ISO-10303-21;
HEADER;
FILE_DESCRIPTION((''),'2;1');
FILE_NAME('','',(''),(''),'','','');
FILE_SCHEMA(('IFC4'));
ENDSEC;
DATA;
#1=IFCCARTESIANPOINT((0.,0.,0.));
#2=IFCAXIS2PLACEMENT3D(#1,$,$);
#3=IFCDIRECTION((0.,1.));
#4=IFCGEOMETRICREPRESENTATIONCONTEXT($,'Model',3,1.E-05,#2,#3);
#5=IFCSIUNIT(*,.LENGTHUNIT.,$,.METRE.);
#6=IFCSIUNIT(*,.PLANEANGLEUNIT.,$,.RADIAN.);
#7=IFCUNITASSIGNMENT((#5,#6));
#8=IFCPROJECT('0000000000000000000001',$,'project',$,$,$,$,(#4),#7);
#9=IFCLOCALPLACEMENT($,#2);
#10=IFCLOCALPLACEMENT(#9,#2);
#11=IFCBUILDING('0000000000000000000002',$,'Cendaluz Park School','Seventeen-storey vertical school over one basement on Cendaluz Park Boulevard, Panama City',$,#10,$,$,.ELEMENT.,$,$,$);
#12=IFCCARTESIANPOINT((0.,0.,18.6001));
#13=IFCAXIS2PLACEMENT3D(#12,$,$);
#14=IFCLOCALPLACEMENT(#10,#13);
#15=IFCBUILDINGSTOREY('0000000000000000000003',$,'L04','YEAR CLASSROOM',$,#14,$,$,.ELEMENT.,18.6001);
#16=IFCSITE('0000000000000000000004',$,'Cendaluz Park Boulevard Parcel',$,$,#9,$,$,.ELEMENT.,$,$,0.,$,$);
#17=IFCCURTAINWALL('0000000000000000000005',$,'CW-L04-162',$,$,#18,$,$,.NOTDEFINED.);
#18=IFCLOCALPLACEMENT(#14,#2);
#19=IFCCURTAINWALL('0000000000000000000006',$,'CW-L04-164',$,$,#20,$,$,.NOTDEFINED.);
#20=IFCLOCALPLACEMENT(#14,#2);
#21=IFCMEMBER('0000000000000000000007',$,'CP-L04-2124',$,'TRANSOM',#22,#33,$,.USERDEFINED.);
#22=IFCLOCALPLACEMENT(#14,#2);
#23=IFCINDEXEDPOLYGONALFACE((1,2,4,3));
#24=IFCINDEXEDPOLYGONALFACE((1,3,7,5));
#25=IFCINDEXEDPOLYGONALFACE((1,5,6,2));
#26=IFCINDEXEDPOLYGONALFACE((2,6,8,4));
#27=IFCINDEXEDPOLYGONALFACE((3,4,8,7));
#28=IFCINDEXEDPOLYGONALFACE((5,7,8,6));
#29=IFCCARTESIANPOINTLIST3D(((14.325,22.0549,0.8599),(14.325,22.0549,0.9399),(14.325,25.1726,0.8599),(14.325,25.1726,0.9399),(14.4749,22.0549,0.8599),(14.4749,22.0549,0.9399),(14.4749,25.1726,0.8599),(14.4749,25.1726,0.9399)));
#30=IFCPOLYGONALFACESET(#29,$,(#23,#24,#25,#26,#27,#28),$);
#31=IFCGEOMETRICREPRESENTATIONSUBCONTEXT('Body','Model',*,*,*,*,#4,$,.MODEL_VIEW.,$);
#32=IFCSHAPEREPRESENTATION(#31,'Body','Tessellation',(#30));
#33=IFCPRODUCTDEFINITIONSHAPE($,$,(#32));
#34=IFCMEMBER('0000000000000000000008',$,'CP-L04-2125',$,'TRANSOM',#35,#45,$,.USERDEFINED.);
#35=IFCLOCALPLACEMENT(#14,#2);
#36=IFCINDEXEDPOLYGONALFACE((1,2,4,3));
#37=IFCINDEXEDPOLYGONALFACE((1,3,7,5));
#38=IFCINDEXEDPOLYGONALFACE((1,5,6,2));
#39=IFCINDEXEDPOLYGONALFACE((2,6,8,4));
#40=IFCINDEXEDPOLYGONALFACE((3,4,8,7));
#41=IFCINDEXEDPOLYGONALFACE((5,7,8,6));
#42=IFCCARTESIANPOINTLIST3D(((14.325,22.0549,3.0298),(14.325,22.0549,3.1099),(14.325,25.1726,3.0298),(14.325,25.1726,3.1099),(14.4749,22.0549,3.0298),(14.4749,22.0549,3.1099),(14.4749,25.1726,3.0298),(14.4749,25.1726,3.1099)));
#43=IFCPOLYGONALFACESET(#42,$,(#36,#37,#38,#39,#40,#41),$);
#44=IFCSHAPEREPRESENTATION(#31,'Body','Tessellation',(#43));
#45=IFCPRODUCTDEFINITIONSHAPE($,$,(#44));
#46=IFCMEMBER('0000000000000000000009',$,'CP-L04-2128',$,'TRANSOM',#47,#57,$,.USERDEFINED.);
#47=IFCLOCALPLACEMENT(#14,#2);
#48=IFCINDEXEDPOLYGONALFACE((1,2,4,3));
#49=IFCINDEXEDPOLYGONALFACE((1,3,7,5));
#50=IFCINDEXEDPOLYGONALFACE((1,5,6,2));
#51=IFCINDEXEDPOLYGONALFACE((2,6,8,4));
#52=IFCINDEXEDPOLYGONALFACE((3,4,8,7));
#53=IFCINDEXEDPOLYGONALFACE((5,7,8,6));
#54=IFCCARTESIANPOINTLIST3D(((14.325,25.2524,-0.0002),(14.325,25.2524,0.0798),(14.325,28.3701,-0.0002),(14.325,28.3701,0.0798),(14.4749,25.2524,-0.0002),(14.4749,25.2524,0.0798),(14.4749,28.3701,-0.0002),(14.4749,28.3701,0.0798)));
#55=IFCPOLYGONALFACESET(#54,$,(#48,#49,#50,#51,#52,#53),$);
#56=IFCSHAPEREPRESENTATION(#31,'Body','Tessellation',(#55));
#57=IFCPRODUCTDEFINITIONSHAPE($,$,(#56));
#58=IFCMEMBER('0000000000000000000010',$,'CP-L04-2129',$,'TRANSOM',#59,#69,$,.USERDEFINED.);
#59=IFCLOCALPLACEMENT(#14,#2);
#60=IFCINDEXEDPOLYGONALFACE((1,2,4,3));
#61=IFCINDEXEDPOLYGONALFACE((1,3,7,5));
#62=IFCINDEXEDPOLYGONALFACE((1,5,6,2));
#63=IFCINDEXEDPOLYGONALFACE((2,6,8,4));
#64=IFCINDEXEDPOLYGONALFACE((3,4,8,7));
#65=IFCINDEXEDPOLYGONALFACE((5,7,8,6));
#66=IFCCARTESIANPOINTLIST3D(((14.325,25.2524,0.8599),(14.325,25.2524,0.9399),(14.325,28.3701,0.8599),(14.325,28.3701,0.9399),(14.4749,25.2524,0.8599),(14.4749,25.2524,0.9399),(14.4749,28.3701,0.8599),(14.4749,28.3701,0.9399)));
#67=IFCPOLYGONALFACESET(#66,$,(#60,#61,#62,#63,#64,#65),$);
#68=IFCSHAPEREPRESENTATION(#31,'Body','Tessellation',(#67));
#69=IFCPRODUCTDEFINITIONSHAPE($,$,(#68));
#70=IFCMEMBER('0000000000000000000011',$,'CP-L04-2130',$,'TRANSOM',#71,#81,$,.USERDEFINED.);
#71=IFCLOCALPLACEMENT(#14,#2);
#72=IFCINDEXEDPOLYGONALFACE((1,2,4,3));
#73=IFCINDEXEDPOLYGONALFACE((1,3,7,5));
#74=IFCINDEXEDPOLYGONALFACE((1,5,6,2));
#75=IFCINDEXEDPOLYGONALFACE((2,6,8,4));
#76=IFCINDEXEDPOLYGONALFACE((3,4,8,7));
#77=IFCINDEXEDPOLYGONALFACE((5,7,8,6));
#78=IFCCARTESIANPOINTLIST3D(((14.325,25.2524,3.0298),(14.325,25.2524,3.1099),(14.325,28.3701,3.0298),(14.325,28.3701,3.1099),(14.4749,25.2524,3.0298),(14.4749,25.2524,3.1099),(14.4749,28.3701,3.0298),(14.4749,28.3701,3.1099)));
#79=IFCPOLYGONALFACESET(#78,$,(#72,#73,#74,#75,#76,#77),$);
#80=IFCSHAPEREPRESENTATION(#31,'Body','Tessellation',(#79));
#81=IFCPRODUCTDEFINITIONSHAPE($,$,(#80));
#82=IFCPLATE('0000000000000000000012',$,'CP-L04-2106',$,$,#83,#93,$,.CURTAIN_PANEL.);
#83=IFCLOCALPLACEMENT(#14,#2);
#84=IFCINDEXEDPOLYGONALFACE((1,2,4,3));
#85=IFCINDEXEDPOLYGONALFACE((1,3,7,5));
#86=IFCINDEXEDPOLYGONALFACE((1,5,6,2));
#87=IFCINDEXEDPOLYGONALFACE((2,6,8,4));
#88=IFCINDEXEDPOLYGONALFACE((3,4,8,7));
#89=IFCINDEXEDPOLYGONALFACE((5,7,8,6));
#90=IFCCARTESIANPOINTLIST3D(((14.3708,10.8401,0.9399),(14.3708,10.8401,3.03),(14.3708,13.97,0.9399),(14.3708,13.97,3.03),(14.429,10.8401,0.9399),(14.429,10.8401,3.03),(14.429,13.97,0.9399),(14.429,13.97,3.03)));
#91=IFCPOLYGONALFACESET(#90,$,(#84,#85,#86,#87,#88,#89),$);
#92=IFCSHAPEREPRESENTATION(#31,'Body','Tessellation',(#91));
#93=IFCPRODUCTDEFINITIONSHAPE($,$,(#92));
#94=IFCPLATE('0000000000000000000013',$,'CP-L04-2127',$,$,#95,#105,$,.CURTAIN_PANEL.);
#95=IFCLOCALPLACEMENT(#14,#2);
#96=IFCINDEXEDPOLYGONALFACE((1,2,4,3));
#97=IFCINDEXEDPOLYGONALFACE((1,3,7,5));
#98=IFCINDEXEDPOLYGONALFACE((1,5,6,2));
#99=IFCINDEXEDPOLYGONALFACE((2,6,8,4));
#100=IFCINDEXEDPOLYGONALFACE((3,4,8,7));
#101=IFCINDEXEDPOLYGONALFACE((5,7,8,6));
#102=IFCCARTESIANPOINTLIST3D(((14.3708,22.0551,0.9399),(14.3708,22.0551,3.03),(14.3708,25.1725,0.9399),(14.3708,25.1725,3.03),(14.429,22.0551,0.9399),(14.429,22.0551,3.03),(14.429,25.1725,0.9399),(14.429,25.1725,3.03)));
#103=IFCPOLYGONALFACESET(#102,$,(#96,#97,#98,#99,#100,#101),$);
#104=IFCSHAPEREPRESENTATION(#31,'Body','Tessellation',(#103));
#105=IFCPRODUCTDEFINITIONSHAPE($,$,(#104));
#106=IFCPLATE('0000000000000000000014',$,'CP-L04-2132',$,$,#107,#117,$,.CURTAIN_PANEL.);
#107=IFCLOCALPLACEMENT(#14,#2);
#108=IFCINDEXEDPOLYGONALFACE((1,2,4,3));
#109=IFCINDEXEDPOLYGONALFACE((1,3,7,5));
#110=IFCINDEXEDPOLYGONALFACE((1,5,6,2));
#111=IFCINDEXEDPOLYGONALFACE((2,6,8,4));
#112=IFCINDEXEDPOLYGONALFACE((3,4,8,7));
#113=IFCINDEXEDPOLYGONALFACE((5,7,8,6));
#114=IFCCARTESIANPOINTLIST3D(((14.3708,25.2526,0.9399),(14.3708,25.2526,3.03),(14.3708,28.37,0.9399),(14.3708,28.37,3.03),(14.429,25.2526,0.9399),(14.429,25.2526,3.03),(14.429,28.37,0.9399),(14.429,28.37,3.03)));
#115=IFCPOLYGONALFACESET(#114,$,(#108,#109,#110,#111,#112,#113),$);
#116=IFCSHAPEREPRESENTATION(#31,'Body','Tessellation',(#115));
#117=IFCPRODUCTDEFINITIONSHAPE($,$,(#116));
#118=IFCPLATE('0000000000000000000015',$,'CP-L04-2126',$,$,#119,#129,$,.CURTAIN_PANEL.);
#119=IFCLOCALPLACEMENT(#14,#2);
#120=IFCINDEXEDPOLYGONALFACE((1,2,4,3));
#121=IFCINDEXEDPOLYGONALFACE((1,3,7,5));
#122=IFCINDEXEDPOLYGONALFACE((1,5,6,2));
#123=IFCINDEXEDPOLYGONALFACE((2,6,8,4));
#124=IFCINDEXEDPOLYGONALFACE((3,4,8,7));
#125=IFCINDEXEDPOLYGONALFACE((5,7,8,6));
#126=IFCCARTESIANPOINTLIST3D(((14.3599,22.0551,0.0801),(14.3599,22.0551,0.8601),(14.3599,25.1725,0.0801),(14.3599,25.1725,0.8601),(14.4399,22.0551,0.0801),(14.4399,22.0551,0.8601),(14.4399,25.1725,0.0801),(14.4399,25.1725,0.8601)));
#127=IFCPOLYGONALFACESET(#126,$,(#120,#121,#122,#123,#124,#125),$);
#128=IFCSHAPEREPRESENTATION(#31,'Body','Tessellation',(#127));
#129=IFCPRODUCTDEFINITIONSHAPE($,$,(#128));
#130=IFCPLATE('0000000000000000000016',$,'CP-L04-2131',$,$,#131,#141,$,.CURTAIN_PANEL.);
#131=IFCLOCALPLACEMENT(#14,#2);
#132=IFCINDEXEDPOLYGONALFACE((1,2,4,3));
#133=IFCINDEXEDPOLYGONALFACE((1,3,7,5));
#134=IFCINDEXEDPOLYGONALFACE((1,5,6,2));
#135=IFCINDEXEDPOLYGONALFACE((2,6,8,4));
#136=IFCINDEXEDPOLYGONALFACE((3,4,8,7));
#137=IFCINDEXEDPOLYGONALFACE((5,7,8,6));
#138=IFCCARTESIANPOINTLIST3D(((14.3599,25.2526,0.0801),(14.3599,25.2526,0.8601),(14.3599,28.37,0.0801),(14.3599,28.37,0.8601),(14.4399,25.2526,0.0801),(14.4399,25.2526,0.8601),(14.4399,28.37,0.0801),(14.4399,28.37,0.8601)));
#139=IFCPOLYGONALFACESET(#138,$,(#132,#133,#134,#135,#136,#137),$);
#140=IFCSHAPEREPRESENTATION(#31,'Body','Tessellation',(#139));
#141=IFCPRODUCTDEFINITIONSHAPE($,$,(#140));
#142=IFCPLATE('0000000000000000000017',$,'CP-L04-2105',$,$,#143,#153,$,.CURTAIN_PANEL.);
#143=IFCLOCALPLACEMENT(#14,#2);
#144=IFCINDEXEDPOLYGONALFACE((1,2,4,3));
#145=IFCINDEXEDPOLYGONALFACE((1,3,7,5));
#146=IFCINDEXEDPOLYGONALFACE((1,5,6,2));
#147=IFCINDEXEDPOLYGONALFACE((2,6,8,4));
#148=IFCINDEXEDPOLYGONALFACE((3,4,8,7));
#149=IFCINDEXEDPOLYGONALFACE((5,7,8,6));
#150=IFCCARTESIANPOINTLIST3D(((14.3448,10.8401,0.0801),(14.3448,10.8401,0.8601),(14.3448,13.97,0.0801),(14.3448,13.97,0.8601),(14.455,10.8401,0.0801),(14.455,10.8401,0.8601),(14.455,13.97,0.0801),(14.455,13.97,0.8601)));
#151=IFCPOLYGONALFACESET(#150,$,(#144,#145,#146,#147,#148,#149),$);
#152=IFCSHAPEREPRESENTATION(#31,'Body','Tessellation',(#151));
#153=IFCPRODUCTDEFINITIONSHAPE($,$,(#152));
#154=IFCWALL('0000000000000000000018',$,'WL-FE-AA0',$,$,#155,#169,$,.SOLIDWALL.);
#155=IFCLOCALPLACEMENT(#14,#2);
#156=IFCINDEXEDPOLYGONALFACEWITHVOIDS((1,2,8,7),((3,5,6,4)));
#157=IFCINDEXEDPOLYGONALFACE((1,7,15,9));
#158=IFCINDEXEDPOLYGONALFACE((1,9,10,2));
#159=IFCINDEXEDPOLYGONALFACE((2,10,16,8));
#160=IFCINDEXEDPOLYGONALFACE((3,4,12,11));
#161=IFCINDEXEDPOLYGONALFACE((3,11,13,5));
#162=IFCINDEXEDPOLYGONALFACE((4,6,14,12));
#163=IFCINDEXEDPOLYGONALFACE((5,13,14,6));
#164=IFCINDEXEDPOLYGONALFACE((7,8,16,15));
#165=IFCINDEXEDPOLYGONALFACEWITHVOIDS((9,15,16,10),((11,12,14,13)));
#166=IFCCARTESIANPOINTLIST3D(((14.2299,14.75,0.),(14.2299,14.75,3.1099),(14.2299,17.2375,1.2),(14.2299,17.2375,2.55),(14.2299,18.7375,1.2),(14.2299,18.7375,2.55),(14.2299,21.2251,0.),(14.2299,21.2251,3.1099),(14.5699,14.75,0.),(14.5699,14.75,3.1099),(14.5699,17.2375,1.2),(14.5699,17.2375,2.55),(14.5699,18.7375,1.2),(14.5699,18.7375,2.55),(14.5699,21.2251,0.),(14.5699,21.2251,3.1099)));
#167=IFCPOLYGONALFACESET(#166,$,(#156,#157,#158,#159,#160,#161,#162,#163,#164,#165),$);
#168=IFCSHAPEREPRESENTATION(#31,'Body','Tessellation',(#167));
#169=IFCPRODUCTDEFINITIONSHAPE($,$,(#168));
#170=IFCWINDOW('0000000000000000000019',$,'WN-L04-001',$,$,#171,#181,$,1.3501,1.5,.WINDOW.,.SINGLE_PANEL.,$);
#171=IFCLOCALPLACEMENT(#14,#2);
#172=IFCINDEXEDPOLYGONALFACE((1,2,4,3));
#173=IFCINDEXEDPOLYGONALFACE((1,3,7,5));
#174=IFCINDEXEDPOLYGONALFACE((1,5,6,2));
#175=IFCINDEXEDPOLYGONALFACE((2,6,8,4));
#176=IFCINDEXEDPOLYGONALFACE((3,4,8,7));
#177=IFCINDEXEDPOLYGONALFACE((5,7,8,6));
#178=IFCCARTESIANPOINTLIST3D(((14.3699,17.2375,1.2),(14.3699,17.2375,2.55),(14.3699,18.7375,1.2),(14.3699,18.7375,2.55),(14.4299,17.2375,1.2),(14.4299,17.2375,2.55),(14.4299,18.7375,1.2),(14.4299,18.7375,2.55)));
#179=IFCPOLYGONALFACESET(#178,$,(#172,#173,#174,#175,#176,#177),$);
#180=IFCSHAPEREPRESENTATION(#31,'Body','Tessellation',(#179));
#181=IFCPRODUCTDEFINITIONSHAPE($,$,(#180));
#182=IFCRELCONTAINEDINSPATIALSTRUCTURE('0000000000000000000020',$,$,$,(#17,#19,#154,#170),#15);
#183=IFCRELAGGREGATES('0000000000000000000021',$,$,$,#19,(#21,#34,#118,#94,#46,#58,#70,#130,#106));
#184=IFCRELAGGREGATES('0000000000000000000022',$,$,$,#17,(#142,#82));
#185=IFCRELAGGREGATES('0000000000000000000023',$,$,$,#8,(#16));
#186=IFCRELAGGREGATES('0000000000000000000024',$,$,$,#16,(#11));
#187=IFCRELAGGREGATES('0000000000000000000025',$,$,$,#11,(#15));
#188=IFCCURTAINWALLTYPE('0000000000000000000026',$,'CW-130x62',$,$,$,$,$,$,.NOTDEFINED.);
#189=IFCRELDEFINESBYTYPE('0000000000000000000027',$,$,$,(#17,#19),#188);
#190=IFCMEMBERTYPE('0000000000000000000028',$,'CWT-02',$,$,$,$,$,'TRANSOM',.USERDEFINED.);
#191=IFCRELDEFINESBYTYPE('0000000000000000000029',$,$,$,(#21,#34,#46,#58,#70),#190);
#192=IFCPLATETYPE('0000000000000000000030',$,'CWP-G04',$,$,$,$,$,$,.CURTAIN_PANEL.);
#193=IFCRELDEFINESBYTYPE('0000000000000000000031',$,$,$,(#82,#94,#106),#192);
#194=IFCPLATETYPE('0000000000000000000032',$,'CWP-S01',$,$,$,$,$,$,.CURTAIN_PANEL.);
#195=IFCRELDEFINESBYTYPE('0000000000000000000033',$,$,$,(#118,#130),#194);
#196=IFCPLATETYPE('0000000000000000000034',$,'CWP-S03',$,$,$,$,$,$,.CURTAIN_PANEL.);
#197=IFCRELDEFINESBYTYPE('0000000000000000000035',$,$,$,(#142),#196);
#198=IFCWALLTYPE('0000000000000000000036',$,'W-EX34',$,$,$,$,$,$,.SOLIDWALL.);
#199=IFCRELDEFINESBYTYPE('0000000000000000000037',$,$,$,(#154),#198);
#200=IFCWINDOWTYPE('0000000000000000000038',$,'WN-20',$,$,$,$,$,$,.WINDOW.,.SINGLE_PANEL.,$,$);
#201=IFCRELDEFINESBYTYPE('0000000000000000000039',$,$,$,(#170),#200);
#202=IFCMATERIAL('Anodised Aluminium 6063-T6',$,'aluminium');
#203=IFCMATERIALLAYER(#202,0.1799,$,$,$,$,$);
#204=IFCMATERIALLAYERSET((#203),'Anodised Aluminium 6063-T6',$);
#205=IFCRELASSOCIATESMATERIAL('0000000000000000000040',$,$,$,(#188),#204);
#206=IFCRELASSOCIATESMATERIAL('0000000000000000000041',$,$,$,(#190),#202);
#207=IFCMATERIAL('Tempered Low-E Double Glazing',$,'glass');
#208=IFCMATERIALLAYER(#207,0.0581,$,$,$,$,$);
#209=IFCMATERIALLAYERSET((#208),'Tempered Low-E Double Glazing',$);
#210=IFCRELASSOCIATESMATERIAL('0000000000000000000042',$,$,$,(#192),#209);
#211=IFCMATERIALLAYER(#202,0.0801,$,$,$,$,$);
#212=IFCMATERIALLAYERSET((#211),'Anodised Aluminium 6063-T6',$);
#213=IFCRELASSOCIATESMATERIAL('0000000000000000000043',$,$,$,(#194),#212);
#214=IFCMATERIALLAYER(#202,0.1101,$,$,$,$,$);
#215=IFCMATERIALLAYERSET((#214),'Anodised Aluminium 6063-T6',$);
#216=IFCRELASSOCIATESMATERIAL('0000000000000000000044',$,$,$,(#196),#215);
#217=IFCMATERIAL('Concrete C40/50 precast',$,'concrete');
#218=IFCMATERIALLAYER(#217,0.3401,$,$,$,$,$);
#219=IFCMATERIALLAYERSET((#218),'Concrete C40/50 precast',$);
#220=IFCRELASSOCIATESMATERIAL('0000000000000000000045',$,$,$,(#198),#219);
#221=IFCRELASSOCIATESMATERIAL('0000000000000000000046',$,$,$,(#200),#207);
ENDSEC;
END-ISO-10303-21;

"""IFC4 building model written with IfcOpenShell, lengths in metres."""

from ifc_helpers import new_model, si_unit, direction, frame, frame_2d, origin, origin_2d, place, context, subcontext, project, spatial, rectangle, extrude, material, layer, layer_set, material_profile, profile_set, type_object, element, fill, aggregate, save


model = new_model("IFC4")

# Units and contexts
model_context = context("Model", 3, precision=1e-05, world=origin(), true_north=direction((0.0, 1.0)))
body_context = subcontext(model_context, "Body", "Model", "MODEL_VIEW")
ifc_project = project(units=[si_unit("LENGTHUNIT", "METRE"), si_unit("PLANEANGLEUNIT", "RADIAN")], contexts=[model_context])

# Site, building, storey
site_placement = place(None, origin())
site = spatial("IfcSite", under=ifc_project, at=site_placement, Name="Cendaluz Park Boulevard Parcel", CompositionType="ELEMENT", RefElevation=0.0)
building_placement = place(site_placement, origin())
building = spatial("IfcBuilding", under=site, at=building_placement, Name="Cendaluz Park School", Description="Seventeen-storey vertical school over one basement on Cendaluz Park Boulevard, Panama City", CompositionType="ELEMENT")
storey_placement = place(building_placement, frame((0.0, 0.0, 18.6001)))
storey = spatial("IfcBuildingStorey", under=building, at=storey_placement, Name="L04", Description="YEAR CLASSROOM", CompositionType="ELEMENT", Elevation=18.6001)

# Curtain wall
ifc_material_1 = material(Name="Anodised Aluminium 6063-T6", Category="aluminium")
ifc_layer_1 = layer(ifc_material_1, 0.1799)
ifc_layer_set_1 = layer_set([ifc_layer_1], Name="Anodised Aluminium 6063-T6")
curtain_wall_type = type_object("IfcCurtainWallType", Name="CW-130x62", PredefinedType="NOTDEFINED", material=ifc_layer_set_1)
curtain_wall_1_placement = place(storey_placement, origin())
curtain_wall_1 = element("IfcCurtainWall", 1, at=curtain_wall_1_placement, inside=storey, type_object=curtain_wall_type, Name="CW-L04-162", PredefinedType="NOTDEFINED")

# Curtain wall, members
curtain_wall_2_placement = place(storey_placement, origin())
curtain_wall_2 = element("IfcCurtainWall", 2, at=curtain_wall_2_placement, inside=storey, type_object=curtain_wall_type, Name="CW-L04-164", PredefinedType="NOTDEFINED")
ifc_material_profile_1 = material_profile(ifc_material_1, rectangle(XDim=0.1499, YDim=0.0801, at=origin_2d()), Name="CWT 150x80", Category="aluminium")
ifc_profile_set_1 = profile_set([ifc_material_profile_1], Name="Anodised Aluminium 6063-T6")
member_type_1 = type_object("IfcMemberType", Name="CWT-02", ElementType="TRANSOM", PredefinedType="USERDEFINED", material=ifc_profile_set_1)
member_1_placement = place(storey_placement, frame((14.3999, 22.0549, 0.8999), z_axis=(0.0, 1.0, 0.0), x_axis=(-1.0, 0.0, 0.0)))
member_1 = element("IfcMember", 3, at=member_1_placement, type_object=member_type_1, Name="CP-L04-2124", ObjectType="TRANSOM", PredefinedType="USERDEFINED", context=body_context, shape_type="SweptSolid", body=[
    extrude(rectangle(XDim=0.1499, YDim=0.0801, at=origin_2d()), origin(), (0.0, 0.0, 1.0), 3.1177),
])
member_2_placement = place(storey_placement, frame((14.3999, 22.0549, 3.0698), z_axis=(0.0, 1.0, 0.0), x_axis=(-1.0, 0.0, 0.0)))
member_2 = element("IfcMember", 4, at=member_2_placement, type_object=member_type_1, Name="CP-L04-2125", ObjectType="TRANSOM", PredefinedType="USERDEFINED", context=body_context, shape_type="SweptSolid", body=[
    extrude(rectangle(XDim=0.1499, YDim=0.0801, at=origin_2d()), origin(), (0.0, 0.0, 1.0), 3.1177),
])
member_3_placement = place(storey_placement, frame((14.3999, 25.2524, 0.0398), z_axis=(0.0, 1.0, 0.0), x_axis=(-1.0, 0.0, 0.0)))
member_3 = element("IfcMember", 5, at=member_3_placement, type_object=member_type_1, Name="CP-L04-2128", ObjectType="TRANSOM", PredefinedType="USERDEFINED", context=body_context, shape_type="SweptSolid", body=[
    extrude(rectangle(XDim=0.1499, YDim=0.0801, at=origin_2d()), origin(), (0.0, 0.0, 1.0), 3.1177),
])
member_4_placement = place(storey_placement, frame((14.3999, 25.2524, 0.8999), z_axis=(0.0, 1.0, 0.0), x_axis=(-1.0, 0.0, 0.0)))
member_4 = element("IfcMember", 6, at=member_4_placement, type_object=member_type_1, Name="CP-L04-2129", ObjectType="TRANSOM", PredefinedType="USERDEFINED", context=body_context, shape_type="SweptSolid", body=[
    extrude(rectangle(XDim=0.1499, YDim=0.0801, at=origin_2d()), origin(), (0.0, 0.0, 1.0), 3.1177),
])
member_5_placement = place(storey_placement, frame((14.3999, 25.2524, 3.0698), z_axis=(0.0, 1.0, 0.0), x_axis=(-1.0, 0.0, 0.0)))
member_5 = element("IfcMember", 7, at=member_5_placement, type_object=member_type_1, Name="CP-L04-2130", ObjectType="TRANSOM", PredefinedType="USERDEFINED", context=body_context, shape_type="SweptSolid", body=[
    extrude(rectangle(XDim=0.1499, YDim=0.0801, at=origin_2d()), origin(), (0.0, 0.0, 1.0), 3.1177),
])

# Plates
ifc_material_2 = material(Name="Tempered Low-E Double Glazing", Category="glass")
ifc_layer_2 = layer(ifc_material_2, 0.0581)
ifc_layer_set_2 = layer_set([ifc_layer_2], Name="Tempered Low-E Double Glazing")
plate_type_1 = type_object("IfcPlateType", Name="CWP-G04", PredefinedType="CURTAIN_PANEL", material=ifc_layer_set_2)
plate_1_placement = place(storey_placement, frame((14.3999, 12.405, 0.9399), z_axis=(0.0, 0.0, 1.0), x_axis=(0.0, 1.0, 0.0)))
plate_1 = element("IfcPlate", 8, at=plate_1_placement, type_object=plate_type_1, Name="CP-L04-2106", PredefinedType="CURTAIN_PANEL", context=body_context, shape_type="SweptSolid", body=[
    extrude(rectangle(XDim=3.1299, YDim=0.0581, at=origin_2d()), origin(), (0.0, 0.0, 1.0), 2.0901),
])
plate_2_placement = place(storey_placement, frame((14.3999, 23.6138, 0.9399), z_axis=(0.0, 0.0, 1.0), x_axis=(0.0, 1.0, 0.0)))
plate_2 = element("IfcPlate", 9, at=plate_2_placement, type_object=plate_type_1, Name="CP-L04-2127", PredefinedType="CURTAIN_PANEL", context=body_context, shape_type="SweptSolid", body=[
    extrude(rectangle(XDim=3.1174, YDim=0.0581, at=origin_2d()), origin(), (0.0, 0.0, 1.0), 2.0901),
])
plate_3_placement = place(storey_placement, frame((14.3999, 26.8113, 0.9399), z_axis=(0.0, 0.0, 1.0), x_axis=(0.0, 1.0, 0.0)))
plate_3 = element("IfcPlate", 10, at=plate_3_placement, type_object=plate_type_1, Name="CP-L04-2132", PredefinedType="CURTAIN_PANEL", context=body_context, shape_type="SweptSolid", body=[
    extrude(rectangle(XDim=3.1174, YDim=0.0581, at=origin_2d()), origin(), (0.0, 0.0, 1.0), 2.0901),
])
ifc_layer_3 = layer(ifc_material_1, 0.0801)
ifc_layer_set_3 = layer_set([ifc_layer_3], Name="Anodised Aluminium 6063-T6")
plate_type_2 = type_object("IfcPlateType", Name="CWP-S01", PredefinedType="CURTAIN_PANEL", material=ifc_layer_set_3)
plate_4_placement = place(storey_placement, frame((14.3999, 23.6138, 0.0801), z_axis=(0.0, 0.0, 1.0), x_axis=(0.0, 1.0, 0.0)))
plate_4 = element("IfcPlate", 11, at=plate_4_placement, type_object=plate_type_2, Name="CP-L04-2126", PredefinedType="CURTAIN_PANEL", context=body_context, shape_type="SweptSolid", body=[
    extrude(rectangle(XDim=3.1174, YDim=0.0801, at=origin_2d()), origin(), (0.0, 0.0, 1.0), 0.78),
])
plate_5_placement = place(storey_placement, frame((14.3999, 26.8113, 0.0801), z_axis=(0.0, 0.0, 1.0), x_axis=(0.0, 1.0, 0.0)))
plate_5 = element("IfcPlate", 12, at=plate_5_placement, type_object=plate_type_2, Name="CP-L04-2131", PredefinedType="CURTAIN_PANEL", context=body_context, shape_type="SweptSolid", body=[
    extrude(rectangle(XDim=3.1174, YDim=0.0801, at=origin_2d()), origin(), (0.0, 0.0, 1.0), 0.78),
])
aggregate(curtain_wall_2, [member_1, member_2, plate_4, plate_2, member_3, member_4, member_5, plate_5, plate_3])
ifc_layer_4 = layer(ifc_material_1, 0.1101)
ifc_layer_set_4 = layer_set([ifc_layer_4], Name="Anodised Aluminium 6063-T6")
plate_type_3 = type_object("IfcPlateType", Name="CWP-S03", PredefinedType="CURTAIN_PANEL", material=ifc_layer_set_4)
plate_6_placement = place(storey_placement, frame((14.3999, 12.405, 0.0801), z_axis=(0.0, 0.0, 1.0), x_axis=(0.0, 1.0, 0.0)))
plate_6 = element("IfcPlate", 13, at=plate_6_placement, type_object=plate_type_3, Name="CP-L04-2105", PredefinedType="CURTAIN_PANEL", context=body_context, shape_type="SweptSolid", body=[
    extrude(rectangle(XDim=3.1299, YDim=0.1101, at=origin_2d()), origin(), (0.0, 0.0, 1.0), 0.78),
])
aggregate(curtain_wall_1, [plate_6, plate_1])

# Wall, opening, window
ifc_material_3 = material(Name="Concrete C40/50 precast", Category="concrete")
ifc_layer_5 = layer(ifc_material_3, 0.3401)
ifc_layer_set_5 = layer_set([ifc_layer_5], Name="Concrete C40/50 precast")
wall_type_1 = type_object("IfcWallType", Name="W-EX34", PredefinedType="SOLIDWALL", material=ifc_layer_set_5)
wall_1_placement = place(storey_placement, frame((14.3999, 14.75, 0.0), z_axis=(0.0, 0.0, 1.0), x_axis=(0.0, 1.0, 0.0)))
wall_1 = element("IfcWall", 14, at=wall_1_placement, inside=storey, type_object=wall_type_1, Name="WL-FE-AA0", PredefinedType="SOLIDWALL", context=body_context, shape_type="SweptSolid", body=[
    extrude(rectangle(XDim=6.4751, YDim=0.3401, at=frame_2d((3.2375, 0.0))), origin(), (0.0, 0.0, 1.0), 3.1099),
])
opening_1_placement = place(wall_1_placement, frame((2.4875, 0.0, 1.2)))
opening_1 = element("IfcOpeningElement", 15, at=opening_1_placement, cuts=wall_1, PredefinedType="OPENING", context=body_context, shape_type="SweptSolid", body=[
    extrude(rectangle(XDim=1.5, YDim=1.3501, at=frame_2d((0.75, 0.675))), frame((0.0, 0.1821, 0.0), z_axis=(0.0, -1.0, 0.0), x_axis=(1.0, 0.0, 0.0)), (0.0, 0.0, 1.0), 0.364),
])
window_type = type_object("IfcWindowType", Name="WN-20", PartitioningType="SINGLE_PANEL", PredefinedType="WINDOW", material=ifc_material_2)
window_placement = place(opening_1_placement, origin())
window = element("IfcWindow", 16, at=window_placement, inside=storey, type_object=window_type, Name="WN-L04-001", OverallHeight=1.3501, OverallWidth=1.5, PartitioningType="SINGLE_PANEL", PredefinedType="WINDOW", context=body_context, shape_type="SweptSolid", body=[
    extrude(rectangle(XDim=1.5, YDim=1.3501, at=frame_2d((0.75, 0.675))), frame((0.0, 0.03, 0.0), z_axis=(0.0, -1.0, 0.0), x_axis=(1.0, 0.0, 0.0)), (0.0, 0.0, 1.0), 0.0601),
])
fill(opening_1, window)

save(model, "model.ifc")
